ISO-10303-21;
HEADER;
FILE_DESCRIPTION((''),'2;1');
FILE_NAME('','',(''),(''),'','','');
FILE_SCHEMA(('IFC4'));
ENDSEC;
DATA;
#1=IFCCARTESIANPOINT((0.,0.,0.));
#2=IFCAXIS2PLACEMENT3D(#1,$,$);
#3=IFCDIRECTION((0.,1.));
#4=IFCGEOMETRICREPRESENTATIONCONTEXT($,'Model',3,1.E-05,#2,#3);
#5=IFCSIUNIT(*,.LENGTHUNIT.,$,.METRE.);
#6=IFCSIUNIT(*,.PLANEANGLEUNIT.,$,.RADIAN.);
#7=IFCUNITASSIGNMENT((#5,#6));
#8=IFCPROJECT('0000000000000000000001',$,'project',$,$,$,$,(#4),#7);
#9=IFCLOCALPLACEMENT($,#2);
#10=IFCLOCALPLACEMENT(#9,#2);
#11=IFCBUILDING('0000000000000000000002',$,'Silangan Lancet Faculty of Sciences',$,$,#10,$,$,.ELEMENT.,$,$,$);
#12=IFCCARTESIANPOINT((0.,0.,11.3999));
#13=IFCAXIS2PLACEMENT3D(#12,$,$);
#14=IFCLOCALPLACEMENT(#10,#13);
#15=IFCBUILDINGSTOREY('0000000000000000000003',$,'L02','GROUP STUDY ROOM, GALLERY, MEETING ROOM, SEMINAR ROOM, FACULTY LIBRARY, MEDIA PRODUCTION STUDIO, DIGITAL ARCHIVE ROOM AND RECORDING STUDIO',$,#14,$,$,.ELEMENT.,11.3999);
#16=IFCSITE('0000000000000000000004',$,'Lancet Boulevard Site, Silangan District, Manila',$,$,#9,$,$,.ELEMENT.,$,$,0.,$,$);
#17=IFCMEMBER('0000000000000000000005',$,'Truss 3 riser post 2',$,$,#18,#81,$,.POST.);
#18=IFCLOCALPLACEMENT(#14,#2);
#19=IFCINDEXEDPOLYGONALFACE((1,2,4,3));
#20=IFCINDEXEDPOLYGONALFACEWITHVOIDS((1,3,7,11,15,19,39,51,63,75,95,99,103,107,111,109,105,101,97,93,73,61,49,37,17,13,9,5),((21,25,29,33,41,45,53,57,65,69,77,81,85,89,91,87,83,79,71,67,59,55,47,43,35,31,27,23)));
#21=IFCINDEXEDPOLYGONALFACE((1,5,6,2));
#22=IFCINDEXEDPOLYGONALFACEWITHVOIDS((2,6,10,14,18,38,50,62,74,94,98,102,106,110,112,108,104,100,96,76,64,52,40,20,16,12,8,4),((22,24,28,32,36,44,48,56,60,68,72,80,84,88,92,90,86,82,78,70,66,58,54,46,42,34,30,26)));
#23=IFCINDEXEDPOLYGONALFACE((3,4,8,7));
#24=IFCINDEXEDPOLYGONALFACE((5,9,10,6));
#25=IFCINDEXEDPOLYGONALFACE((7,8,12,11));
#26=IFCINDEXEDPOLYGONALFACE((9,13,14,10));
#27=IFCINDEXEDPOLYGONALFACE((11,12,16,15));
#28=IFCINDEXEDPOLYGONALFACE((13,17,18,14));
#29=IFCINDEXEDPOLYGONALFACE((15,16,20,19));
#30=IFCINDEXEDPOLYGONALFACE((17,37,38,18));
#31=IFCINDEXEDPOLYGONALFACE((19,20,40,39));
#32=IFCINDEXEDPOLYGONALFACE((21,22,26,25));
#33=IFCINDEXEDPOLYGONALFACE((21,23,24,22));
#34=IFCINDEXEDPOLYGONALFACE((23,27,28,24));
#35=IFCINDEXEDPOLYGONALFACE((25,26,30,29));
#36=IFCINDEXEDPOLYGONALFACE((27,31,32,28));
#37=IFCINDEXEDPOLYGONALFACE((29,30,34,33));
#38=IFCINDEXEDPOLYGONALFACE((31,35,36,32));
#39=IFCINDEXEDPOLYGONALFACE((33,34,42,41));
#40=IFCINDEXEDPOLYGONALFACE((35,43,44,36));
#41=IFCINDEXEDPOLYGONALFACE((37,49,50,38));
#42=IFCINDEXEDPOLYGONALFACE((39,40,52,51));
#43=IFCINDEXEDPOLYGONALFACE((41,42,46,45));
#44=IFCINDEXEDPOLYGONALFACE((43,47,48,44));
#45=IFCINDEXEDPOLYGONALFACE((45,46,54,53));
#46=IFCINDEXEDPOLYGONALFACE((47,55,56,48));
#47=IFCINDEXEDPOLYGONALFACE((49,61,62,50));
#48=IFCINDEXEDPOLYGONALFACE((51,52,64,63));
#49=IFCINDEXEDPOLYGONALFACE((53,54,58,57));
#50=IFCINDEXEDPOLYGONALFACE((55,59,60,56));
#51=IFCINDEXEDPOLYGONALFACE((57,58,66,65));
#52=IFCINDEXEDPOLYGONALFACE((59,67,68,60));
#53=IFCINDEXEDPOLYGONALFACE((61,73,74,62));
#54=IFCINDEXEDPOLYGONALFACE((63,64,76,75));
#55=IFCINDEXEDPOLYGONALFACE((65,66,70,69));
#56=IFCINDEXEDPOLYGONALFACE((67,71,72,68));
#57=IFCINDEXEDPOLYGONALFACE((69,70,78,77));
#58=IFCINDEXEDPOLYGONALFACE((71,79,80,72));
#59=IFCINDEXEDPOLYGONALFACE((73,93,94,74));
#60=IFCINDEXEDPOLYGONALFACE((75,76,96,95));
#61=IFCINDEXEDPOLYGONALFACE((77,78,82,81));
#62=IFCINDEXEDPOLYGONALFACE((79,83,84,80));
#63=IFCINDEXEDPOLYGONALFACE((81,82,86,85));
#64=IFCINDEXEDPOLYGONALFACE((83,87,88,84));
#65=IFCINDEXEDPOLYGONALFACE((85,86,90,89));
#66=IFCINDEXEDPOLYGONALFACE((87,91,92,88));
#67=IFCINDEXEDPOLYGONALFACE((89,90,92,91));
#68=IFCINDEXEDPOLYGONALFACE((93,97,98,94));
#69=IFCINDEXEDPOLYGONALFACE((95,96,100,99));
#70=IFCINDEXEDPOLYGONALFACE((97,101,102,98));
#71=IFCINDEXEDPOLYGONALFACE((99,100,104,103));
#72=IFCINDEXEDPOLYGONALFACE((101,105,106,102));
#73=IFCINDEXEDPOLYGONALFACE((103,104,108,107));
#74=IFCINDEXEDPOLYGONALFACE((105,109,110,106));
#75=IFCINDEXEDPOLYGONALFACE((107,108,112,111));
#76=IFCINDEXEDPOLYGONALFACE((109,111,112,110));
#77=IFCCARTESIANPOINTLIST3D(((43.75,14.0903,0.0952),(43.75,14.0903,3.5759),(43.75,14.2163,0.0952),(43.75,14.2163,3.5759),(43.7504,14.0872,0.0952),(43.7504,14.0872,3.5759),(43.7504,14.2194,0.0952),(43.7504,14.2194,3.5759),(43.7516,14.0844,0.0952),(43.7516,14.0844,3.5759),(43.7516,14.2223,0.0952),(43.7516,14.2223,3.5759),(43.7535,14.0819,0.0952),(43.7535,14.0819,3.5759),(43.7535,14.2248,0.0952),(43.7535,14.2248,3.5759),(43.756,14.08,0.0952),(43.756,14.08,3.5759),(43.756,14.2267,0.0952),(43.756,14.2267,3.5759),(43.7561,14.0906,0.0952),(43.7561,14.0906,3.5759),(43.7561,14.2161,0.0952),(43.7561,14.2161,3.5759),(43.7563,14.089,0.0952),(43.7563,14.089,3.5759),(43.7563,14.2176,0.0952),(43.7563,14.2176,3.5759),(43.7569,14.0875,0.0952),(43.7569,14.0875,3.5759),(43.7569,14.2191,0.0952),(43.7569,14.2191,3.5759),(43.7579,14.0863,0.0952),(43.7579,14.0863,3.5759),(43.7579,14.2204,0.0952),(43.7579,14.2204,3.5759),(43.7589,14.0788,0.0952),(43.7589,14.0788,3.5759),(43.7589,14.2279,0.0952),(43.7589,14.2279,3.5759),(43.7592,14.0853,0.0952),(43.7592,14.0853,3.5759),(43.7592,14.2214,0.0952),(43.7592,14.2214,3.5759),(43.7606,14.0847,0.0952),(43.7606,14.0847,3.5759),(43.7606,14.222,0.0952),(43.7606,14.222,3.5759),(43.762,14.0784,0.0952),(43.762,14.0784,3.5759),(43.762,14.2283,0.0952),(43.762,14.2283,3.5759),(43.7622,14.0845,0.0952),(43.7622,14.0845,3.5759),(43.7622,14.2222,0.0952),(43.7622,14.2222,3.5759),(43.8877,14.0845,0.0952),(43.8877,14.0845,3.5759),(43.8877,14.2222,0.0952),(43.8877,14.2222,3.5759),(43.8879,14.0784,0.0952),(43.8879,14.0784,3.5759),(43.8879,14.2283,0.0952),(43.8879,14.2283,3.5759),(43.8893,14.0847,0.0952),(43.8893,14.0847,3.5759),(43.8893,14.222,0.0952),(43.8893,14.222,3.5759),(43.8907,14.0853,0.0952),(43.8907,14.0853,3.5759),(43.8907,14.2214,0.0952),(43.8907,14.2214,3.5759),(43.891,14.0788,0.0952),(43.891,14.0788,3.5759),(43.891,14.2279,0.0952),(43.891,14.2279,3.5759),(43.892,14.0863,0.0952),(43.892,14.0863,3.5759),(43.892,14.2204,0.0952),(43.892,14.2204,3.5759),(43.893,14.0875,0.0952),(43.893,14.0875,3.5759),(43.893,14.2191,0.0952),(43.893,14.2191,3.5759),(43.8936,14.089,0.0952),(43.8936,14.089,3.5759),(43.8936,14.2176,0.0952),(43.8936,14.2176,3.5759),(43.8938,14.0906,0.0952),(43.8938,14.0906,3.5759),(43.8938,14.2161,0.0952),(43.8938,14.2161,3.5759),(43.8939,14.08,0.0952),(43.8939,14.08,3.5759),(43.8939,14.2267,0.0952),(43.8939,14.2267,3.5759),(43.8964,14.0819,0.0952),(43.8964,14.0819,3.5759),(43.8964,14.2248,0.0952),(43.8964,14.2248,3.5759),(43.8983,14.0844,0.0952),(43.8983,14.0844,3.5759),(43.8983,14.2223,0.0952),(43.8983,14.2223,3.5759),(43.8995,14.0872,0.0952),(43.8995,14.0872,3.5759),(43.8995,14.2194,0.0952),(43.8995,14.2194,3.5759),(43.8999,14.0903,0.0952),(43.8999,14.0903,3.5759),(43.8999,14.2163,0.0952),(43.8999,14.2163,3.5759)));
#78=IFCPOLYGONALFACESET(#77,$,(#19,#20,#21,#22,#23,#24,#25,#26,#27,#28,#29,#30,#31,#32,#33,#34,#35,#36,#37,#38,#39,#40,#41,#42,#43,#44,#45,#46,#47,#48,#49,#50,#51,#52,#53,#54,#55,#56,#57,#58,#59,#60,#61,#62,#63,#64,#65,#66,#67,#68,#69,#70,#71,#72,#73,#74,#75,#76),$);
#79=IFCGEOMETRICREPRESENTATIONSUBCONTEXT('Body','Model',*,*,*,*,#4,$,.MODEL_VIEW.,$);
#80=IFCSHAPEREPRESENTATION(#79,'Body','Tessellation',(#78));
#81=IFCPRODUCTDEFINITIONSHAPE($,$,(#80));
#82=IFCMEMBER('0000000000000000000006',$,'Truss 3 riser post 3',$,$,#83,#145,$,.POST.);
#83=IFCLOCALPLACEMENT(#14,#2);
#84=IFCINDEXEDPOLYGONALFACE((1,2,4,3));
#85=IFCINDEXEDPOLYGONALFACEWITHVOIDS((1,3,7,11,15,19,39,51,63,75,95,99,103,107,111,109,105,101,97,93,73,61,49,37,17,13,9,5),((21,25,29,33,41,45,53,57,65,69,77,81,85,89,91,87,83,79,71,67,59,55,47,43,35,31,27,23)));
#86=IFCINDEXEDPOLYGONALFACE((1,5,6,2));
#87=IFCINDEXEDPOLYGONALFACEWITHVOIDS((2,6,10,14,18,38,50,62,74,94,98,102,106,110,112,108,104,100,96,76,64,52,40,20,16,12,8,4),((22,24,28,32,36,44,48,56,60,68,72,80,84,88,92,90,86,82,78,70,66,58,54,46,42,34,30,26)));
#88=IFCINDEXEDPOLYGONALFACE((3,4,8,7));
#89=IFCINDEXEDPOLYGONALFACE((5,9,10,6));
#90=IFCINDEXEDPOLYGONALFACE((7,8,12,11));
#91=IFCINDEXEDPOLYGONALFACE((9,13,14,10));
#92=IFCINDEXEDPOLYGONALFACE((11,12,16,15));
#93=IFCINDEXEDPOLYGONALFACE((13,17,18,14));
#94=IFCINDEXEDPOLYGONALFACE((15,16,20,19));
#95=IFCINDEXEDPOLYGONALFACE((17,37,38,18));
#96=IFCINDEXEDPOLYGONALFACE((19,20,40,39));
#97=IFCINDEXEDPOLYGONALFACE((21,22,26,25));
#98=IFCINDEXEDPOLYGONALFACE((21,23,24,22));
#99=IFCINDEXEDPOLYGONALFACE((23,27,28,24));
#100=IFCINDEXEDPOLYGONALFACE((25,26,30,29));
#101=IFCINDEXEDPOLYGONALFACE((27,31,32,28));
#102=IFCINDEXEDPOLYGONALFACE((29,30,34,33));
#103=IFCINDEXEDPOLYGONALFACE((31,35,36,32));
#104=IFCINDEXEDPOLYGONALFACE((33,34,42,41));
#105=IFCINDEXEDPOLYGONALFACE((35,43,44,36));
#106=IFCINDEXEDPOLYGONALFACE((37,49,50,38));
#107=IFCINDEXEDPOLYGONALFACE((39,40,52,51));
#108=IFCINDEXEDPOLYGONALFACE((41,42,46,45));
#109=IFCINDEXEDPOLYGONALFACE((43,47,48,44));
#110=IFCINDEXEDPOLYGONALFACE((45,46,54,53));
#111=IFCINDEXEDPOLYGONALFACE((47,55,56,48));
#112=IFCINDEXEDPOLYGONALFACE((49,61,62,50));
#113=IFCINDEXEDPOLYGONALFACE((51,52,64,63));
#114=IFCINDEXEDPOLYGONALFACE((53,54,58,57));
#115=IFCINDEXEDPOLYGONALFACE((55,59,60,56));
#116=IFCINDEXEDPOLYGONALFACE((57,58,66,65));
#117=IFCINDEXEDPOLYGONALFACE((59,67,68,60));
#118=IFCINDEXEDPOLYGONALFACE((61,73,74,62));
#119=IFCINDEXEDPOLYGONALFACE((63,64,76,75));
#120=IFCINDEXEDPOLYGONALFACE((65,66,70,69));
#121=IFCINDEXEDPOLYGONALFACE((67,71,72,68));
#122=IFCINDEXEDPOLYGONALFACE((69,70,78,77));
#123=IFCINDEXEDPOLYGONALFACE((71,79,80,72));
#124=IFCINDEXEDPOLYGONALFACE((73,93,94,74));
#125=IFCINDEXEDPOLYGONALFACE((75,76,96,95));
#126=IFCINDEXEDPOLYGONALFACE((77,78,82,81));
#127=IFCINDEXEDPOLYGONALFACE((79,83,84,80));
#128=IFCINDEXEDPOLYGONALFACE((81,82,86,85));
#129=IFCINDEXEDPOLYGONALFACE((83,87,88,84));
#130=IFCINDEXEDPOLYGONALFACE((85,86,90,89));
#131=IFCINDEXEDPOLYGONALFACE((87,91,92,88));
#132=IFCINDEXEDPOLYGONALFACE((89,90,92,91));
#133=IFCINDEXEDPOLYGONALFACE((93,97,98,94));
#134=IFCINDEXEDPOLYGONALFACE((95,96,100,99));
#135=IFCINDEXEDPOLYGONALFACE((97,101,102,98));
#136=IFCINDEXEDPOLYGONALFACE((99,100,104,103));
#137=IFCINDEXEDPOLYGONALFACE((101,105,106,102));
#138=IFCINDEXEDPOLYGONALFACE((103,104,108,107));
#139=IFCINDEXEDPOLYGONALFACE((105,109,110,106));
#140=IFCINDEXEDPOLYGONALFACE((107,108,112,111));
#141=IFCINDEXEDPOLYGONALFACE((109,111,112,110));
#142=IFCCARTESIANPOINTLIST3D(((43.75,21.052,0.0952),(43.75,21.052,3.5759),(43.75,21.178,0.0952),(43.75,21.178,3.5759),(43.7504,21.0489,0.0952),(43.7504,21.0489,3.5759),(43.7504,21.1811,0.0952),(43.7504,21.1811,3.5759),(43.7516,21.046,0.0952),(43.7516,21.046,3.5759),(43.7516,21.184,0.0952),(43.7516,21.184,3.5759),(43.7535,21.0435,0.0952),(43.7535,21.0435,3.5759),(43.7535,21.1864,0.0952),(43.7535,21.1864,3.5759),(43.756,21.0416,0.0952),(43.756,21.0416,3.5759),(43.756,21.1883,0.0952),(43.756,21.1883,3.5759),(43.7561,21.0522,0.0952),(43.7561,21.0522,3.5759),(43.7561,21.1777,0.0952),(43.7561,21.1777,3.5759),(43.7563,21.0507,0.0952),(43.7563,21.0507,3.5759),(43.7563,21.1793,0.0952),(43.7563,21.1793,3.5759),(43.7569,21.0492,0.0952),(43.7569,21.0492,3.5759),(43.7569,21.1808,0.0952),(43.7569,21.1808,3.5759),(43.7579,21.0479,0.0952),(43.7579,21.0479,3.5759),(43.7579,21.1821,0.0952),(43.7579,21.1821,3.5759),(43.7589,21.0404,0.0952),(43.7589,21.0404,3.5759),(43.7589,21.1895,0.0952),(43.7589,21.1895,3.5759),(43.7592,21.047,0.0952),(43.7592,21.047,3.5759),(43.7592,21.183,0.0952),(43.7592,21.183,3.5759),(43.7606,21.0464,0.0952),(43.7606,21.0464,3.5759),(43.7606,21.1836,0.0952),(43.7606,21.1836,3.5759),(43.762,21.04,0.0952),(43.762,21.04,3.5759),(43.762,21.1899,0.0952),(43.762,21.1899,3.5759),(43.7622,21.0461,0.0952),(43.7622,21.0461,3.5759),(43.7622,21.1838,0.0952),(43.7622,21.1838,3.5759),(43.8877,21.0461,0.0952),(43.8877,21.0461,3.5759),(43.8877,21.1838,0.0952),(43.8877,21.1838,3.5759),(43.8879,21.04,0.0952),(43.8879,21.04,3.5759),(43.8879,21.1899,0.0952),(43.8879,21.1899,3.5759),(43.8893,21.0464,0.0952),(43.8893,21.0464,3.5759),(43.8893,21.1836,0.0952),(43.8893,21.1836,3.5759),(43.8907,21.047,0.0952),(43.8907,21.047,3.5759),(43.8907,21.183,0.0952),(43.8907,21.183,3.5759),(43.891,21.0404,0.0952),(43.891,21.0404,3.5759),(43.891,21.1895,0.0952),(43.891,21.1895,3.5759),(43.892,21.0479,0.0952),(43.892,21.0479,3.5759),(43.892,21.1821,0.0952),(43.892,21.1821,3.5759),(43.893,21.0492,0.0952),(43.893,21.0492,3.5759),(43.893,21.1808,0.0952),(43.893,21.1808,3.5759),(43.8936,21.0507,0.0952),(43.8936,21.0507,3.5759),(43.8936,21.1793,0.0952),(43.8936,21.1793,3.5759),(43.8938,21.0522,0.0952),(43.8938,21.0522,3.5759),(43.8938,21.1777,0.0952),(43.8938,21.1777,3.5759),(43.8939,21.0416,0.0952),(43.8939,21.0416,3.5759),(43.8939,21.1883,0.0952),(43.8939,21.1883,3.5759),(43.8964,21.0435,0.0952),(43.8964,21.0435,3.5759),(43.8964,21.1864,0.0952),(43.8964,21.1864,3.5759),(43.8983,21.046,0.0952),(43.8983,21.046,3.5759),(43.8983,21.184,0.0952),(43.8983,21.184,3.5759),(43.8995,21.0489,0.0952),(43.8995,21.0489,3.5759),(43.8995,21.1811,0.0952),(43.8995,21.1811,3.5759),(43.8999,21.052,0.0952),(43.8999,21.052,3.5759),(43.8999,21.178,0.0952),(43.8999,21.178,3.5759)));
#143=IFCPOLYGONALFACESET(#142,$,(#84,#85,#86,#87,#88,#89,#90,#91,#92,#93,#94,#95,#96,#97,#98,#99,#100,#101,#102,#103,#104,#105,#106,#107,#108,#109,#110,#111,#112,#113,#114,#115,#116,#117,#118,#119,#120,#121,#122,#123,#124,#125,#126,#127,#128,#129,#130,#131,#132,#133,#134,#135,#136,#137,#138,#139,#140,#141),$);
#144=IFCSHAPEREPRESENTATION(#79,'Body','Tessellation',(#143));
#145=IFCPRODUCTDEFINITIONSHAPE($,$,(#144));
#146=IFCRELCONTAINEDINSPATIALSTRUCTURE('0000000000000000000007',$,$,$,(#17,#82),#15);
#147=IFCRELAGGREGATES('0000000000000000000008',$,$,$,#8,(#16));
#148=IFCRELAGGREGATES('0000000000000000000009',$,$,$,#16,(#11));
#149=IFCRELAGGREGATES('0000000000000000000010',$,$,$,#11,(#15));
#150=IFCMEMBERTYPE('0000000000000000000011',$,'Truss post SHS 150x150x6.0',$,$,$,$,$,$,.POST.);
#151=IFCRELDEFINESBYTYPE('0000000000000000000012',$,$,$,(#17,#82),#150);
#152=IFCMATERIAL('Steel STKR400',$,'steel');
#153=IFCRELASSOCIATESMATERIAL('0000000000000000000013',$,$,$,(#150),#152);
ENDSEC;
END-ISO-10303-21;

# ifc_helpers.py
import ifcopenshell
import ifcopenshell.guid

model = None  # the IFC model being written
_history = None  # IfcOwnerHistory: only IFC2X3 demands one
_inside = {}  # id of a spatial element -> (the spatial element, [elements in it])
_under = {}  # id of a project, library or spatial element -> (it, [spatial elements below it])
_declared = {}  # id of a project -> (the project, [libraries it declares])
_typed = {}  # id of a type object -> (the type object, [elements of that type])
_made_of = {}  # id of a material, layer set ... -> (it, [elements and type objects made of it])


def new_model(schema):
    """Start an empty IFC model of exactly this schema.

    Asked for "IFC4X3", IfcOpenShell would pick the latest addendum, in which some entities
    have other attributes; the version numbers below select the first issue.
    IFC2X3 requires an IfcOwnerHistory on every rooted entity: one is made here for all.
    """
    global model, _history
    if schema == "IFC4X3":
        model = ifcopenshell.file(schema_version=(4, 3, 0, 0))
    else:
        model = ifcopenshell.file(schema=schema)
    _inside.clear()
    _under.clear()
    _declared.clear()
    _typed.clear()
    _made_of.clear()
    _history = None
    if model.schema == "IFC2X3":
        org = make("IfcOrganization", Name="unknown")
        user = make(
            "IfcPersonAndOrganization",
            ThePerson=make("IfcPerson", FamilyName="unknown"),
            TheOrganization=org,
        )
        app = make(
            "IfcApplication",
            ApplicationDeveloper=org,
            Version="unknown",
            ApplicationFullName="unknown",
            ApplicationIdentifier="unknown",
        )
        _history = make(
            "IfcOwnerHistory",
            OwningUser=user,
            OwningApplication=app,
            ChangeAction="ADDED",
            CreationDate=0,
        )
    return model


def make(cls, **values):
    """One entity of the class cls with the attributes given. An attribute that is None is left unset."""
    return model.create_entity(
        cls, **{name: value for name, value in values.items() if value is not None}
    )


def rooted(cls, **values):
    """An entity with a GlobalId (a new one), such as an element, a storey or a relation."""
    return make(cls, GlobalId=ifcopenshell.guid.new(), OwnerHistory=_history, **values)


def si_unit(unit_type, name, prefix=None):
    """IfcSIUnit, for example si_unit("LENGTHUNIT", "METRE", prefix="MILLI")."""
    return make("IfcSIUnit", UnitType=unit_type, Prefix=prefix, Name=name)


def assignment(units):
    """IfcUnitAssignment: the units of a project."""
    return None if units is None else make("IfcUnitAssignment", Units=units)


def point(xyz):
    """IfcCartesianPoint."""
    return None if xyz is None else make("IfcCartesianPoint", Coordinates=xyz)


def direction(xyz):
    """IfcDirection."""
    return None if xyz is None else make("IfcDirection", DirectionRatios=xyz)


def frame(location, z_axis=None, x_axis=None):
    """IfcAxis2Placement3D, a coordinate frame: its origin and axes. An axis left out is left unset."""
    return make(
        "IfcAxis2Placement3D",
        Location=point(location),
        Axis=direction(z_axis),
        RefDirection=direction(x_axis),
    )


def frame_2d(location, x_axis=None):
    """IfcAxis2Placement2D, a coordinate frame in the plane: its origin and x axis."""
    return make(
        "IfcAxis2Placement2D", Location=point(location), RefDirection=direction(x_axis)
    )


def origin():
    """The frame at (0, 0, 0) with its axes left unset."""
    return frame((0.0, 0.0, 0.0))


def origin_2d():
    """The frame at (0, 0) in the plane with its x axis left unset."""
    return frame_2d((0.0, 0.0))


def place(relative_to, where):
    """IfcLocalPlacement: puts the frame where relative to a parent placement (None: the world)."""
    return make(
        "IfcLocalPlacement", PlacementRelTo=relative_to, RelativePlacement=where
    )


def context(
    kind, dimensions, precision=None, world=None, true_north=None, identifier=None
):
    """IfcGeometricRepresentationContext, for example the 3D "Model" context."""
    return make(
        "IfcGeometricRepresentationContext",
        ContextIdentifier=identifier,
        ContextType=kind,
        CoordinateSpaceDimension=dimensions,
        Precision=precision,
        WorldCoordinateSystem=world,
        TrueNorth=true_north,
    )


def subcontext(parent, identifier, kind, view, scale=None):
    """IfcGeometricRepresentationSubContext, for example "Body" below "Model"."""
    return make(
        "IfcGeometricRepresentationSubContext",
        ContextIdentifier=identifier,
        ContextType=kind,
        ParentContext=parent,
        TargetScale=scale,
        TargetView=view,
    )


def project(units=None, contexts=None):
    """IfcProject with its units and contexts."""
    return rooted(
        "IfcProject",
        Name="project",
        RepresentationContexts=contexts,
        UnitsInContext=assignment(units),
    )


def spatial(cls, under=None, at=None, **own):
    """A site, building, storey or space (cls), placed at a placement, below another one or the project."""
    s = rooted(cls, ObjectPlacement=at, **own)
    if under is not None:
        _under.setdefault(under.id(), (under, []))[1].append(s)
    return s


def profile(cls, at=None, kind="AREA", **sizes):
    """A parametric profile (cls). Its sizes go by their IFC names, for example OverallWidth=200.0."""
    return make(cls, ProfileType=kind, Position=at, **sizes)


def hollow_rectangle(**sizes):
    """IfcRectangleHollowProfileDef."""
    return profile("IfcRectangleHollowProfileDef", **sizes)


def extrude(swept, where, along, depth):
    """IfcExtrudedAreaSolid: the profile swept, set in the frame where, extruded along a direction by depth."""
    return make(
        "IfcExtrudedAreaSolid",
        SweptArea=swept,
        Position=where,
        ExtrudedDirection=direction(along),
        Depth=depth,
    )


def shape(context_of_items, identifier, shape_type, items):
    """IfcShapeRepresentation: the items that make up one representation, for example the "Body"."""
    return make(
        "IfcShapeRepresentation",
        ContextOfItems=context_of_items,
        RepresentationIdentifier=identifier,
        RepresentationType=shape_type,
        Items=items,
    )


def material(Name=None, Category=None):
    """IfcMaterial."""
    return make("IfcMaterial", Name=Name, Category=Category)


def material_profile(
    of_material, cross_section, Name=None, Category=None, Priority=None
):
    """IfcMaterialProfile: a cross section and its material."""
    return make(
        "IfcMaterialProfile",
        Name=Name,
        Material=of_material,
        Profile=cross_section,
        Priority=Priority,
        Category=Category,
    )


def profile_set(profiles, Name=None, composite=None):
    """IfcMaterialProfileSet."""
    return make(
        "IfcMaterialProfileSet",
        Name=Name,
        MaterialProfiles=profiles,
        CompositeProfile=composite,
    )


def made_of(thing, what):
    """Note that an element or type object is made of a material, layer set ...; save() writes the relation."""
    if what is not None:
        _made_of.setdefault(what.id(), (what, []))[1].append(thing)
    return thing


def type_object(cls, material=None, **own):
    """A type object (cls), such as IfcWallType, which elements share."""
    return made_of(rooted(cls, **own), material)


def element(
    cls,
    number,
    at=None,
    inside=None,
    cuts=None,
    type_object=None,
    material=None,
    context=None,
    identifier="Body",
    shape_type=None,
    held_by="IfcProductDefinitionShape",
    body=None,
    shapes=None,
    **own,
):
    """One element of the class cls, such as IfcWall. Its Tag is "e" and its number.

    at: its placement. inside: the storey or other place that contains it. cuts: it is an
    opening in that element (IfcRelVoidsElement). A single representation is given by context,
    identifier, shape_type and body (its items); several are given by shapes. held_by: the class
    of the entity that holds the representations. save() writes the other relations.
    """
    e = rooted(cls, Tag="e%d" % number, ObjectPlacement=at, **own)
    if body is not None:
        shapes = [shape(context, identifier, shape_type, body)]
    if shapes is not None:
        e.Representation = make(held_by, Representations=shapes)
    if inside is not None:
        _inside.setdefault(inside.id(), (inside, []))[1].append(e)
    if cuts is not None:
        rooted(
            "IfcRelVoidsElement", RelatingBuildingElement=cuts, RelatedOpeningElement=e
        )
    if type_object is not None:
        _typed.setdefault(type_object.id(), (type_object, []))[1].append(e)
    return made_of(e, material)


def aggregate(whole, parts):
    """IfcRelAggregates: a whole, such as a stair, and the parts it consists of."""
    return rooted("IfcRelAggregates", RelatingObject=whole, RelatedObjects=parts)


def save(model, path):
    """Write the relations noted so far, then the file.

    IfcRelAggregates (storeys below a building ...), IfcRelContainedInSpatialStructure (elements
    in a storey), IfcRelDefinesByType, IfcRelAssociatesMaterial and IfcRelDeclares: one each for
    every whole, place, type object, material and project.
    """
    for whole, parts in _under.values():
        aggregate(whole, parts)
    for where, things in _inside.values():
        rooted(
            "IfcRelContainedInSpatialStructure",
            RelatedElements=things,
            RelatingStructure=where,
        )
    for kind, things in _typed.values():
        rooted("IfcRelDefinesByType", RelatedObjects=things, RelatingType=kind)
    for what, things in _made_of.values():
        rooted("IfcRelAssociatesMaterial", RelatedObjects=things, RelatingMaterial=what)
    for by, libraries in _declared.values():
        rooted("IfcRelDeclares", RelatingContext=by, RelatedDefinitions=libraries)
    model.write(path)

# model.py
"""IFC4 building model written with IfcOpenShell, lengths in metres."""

from ifc_helpers import new_model, si_unit, direction, frame, origin, origin_2d, place, context, subcontext, project, spatial, hollow_rectangle, extrude, material, material_profile, profile_set, type_object, element, save


model = new_model("IFC4")

# Units and contexts
model_context = context("Model", 3, precision=1e-05, world=origin(), true_north=direction((0.0, 1.0)))
body_context = subcontext(model_context, "Body", "Model", "MODEL_VIEW")
ifc_project = project(units=[si_unit("LENGTHUNIT", "METRE"), si_unit("PLANEANGLEUNIT", "RADIAN")], contexts=[model_context])

# Site, building, storey
site_placement = place(None, origin())
site = spatial("IfcSite", under=ifc_project, at=site_placement, Name="Lancet Boulevard Site, Silangan District, Manila", CompositionType="ELEMENT", RefElevation=0.0)
building_placement = place(site_placement, origin())
building = spatial("IfcBuilding", under=site, at=building_placement, Name="Silangan Lancet Faculty of Sciences", CompositionType="ELEMENT")
storey_placement = place(building_placement, frame((0.0, 0.0, 11.3999)))
storey = spatial("IfcBuildingStorey", under=building, at=storey_placement, Name="L02", Description="GROUP STUDY ROOM, GALLERY, MEETING ROOM, SEMINAR ROOM, FACULTY LIBRARY, MEDIA PRODUCTION STUDIO, DIGITAL ARCHIVE ROOM AND RECORDING STUDIO", CompositionType="ELEMENT", Elevation=11.3999)

# Members
ifc_material_1 = material(Name="Steel STKR400", Category="steel")
ifc_material_profile_1 = material_profile(ifc_material_1, hollow_rectangle(XDim=0.1499, YDim=0.1499, WallThickness=0.0061, InnerFilletRadius=0.0061, OuterFilletRadius=0.012, at=origin_2d()), Name="SHS 150x150x6.0")
ifc_profile_set_1 = profile_set([ifc_material_profile_1], Name="Steel STKR400")
member_type_1 = type_object("IfcMemberType", Name="Truss post SHS 150x150x6.0", PredefinedType="POST", material=ifc_profile_set_1)
for number, where, z_axis, x_axis, name in (
    (1, (43.825, 14.1533, 0.0952), (0.0, 0.0, 1.0), (1.0, 0.0, 0.0), "Truss 3 riser post 2"),
    (2, (43.825, 21.115, 0.0952), (0.0, 0.0, 1.0), (1.0, 0.0, 0.0), "Truss 3 riser post 3"),
):
    element("IfcMember", number, at=place(storey_placement, frame(where, z_axis=z_axis, x_axis=x_axis)), inside=storey, type_object=member_type_1, Name=name, PredefinedType="POST", context=body_context, shape_type="SweptSolid", body=[
        extrude(hollow_rectangle(XDim=0.1499, YDim=0.1499, WallThickness=0.0061, InnerFilletRadius=0.0061, OuterFilletRadius=0.012, at=origin_2d()), origin(), (0.0, 0.0, 1.0), 3.4807),
    ])

save(model, "model.ifc")
